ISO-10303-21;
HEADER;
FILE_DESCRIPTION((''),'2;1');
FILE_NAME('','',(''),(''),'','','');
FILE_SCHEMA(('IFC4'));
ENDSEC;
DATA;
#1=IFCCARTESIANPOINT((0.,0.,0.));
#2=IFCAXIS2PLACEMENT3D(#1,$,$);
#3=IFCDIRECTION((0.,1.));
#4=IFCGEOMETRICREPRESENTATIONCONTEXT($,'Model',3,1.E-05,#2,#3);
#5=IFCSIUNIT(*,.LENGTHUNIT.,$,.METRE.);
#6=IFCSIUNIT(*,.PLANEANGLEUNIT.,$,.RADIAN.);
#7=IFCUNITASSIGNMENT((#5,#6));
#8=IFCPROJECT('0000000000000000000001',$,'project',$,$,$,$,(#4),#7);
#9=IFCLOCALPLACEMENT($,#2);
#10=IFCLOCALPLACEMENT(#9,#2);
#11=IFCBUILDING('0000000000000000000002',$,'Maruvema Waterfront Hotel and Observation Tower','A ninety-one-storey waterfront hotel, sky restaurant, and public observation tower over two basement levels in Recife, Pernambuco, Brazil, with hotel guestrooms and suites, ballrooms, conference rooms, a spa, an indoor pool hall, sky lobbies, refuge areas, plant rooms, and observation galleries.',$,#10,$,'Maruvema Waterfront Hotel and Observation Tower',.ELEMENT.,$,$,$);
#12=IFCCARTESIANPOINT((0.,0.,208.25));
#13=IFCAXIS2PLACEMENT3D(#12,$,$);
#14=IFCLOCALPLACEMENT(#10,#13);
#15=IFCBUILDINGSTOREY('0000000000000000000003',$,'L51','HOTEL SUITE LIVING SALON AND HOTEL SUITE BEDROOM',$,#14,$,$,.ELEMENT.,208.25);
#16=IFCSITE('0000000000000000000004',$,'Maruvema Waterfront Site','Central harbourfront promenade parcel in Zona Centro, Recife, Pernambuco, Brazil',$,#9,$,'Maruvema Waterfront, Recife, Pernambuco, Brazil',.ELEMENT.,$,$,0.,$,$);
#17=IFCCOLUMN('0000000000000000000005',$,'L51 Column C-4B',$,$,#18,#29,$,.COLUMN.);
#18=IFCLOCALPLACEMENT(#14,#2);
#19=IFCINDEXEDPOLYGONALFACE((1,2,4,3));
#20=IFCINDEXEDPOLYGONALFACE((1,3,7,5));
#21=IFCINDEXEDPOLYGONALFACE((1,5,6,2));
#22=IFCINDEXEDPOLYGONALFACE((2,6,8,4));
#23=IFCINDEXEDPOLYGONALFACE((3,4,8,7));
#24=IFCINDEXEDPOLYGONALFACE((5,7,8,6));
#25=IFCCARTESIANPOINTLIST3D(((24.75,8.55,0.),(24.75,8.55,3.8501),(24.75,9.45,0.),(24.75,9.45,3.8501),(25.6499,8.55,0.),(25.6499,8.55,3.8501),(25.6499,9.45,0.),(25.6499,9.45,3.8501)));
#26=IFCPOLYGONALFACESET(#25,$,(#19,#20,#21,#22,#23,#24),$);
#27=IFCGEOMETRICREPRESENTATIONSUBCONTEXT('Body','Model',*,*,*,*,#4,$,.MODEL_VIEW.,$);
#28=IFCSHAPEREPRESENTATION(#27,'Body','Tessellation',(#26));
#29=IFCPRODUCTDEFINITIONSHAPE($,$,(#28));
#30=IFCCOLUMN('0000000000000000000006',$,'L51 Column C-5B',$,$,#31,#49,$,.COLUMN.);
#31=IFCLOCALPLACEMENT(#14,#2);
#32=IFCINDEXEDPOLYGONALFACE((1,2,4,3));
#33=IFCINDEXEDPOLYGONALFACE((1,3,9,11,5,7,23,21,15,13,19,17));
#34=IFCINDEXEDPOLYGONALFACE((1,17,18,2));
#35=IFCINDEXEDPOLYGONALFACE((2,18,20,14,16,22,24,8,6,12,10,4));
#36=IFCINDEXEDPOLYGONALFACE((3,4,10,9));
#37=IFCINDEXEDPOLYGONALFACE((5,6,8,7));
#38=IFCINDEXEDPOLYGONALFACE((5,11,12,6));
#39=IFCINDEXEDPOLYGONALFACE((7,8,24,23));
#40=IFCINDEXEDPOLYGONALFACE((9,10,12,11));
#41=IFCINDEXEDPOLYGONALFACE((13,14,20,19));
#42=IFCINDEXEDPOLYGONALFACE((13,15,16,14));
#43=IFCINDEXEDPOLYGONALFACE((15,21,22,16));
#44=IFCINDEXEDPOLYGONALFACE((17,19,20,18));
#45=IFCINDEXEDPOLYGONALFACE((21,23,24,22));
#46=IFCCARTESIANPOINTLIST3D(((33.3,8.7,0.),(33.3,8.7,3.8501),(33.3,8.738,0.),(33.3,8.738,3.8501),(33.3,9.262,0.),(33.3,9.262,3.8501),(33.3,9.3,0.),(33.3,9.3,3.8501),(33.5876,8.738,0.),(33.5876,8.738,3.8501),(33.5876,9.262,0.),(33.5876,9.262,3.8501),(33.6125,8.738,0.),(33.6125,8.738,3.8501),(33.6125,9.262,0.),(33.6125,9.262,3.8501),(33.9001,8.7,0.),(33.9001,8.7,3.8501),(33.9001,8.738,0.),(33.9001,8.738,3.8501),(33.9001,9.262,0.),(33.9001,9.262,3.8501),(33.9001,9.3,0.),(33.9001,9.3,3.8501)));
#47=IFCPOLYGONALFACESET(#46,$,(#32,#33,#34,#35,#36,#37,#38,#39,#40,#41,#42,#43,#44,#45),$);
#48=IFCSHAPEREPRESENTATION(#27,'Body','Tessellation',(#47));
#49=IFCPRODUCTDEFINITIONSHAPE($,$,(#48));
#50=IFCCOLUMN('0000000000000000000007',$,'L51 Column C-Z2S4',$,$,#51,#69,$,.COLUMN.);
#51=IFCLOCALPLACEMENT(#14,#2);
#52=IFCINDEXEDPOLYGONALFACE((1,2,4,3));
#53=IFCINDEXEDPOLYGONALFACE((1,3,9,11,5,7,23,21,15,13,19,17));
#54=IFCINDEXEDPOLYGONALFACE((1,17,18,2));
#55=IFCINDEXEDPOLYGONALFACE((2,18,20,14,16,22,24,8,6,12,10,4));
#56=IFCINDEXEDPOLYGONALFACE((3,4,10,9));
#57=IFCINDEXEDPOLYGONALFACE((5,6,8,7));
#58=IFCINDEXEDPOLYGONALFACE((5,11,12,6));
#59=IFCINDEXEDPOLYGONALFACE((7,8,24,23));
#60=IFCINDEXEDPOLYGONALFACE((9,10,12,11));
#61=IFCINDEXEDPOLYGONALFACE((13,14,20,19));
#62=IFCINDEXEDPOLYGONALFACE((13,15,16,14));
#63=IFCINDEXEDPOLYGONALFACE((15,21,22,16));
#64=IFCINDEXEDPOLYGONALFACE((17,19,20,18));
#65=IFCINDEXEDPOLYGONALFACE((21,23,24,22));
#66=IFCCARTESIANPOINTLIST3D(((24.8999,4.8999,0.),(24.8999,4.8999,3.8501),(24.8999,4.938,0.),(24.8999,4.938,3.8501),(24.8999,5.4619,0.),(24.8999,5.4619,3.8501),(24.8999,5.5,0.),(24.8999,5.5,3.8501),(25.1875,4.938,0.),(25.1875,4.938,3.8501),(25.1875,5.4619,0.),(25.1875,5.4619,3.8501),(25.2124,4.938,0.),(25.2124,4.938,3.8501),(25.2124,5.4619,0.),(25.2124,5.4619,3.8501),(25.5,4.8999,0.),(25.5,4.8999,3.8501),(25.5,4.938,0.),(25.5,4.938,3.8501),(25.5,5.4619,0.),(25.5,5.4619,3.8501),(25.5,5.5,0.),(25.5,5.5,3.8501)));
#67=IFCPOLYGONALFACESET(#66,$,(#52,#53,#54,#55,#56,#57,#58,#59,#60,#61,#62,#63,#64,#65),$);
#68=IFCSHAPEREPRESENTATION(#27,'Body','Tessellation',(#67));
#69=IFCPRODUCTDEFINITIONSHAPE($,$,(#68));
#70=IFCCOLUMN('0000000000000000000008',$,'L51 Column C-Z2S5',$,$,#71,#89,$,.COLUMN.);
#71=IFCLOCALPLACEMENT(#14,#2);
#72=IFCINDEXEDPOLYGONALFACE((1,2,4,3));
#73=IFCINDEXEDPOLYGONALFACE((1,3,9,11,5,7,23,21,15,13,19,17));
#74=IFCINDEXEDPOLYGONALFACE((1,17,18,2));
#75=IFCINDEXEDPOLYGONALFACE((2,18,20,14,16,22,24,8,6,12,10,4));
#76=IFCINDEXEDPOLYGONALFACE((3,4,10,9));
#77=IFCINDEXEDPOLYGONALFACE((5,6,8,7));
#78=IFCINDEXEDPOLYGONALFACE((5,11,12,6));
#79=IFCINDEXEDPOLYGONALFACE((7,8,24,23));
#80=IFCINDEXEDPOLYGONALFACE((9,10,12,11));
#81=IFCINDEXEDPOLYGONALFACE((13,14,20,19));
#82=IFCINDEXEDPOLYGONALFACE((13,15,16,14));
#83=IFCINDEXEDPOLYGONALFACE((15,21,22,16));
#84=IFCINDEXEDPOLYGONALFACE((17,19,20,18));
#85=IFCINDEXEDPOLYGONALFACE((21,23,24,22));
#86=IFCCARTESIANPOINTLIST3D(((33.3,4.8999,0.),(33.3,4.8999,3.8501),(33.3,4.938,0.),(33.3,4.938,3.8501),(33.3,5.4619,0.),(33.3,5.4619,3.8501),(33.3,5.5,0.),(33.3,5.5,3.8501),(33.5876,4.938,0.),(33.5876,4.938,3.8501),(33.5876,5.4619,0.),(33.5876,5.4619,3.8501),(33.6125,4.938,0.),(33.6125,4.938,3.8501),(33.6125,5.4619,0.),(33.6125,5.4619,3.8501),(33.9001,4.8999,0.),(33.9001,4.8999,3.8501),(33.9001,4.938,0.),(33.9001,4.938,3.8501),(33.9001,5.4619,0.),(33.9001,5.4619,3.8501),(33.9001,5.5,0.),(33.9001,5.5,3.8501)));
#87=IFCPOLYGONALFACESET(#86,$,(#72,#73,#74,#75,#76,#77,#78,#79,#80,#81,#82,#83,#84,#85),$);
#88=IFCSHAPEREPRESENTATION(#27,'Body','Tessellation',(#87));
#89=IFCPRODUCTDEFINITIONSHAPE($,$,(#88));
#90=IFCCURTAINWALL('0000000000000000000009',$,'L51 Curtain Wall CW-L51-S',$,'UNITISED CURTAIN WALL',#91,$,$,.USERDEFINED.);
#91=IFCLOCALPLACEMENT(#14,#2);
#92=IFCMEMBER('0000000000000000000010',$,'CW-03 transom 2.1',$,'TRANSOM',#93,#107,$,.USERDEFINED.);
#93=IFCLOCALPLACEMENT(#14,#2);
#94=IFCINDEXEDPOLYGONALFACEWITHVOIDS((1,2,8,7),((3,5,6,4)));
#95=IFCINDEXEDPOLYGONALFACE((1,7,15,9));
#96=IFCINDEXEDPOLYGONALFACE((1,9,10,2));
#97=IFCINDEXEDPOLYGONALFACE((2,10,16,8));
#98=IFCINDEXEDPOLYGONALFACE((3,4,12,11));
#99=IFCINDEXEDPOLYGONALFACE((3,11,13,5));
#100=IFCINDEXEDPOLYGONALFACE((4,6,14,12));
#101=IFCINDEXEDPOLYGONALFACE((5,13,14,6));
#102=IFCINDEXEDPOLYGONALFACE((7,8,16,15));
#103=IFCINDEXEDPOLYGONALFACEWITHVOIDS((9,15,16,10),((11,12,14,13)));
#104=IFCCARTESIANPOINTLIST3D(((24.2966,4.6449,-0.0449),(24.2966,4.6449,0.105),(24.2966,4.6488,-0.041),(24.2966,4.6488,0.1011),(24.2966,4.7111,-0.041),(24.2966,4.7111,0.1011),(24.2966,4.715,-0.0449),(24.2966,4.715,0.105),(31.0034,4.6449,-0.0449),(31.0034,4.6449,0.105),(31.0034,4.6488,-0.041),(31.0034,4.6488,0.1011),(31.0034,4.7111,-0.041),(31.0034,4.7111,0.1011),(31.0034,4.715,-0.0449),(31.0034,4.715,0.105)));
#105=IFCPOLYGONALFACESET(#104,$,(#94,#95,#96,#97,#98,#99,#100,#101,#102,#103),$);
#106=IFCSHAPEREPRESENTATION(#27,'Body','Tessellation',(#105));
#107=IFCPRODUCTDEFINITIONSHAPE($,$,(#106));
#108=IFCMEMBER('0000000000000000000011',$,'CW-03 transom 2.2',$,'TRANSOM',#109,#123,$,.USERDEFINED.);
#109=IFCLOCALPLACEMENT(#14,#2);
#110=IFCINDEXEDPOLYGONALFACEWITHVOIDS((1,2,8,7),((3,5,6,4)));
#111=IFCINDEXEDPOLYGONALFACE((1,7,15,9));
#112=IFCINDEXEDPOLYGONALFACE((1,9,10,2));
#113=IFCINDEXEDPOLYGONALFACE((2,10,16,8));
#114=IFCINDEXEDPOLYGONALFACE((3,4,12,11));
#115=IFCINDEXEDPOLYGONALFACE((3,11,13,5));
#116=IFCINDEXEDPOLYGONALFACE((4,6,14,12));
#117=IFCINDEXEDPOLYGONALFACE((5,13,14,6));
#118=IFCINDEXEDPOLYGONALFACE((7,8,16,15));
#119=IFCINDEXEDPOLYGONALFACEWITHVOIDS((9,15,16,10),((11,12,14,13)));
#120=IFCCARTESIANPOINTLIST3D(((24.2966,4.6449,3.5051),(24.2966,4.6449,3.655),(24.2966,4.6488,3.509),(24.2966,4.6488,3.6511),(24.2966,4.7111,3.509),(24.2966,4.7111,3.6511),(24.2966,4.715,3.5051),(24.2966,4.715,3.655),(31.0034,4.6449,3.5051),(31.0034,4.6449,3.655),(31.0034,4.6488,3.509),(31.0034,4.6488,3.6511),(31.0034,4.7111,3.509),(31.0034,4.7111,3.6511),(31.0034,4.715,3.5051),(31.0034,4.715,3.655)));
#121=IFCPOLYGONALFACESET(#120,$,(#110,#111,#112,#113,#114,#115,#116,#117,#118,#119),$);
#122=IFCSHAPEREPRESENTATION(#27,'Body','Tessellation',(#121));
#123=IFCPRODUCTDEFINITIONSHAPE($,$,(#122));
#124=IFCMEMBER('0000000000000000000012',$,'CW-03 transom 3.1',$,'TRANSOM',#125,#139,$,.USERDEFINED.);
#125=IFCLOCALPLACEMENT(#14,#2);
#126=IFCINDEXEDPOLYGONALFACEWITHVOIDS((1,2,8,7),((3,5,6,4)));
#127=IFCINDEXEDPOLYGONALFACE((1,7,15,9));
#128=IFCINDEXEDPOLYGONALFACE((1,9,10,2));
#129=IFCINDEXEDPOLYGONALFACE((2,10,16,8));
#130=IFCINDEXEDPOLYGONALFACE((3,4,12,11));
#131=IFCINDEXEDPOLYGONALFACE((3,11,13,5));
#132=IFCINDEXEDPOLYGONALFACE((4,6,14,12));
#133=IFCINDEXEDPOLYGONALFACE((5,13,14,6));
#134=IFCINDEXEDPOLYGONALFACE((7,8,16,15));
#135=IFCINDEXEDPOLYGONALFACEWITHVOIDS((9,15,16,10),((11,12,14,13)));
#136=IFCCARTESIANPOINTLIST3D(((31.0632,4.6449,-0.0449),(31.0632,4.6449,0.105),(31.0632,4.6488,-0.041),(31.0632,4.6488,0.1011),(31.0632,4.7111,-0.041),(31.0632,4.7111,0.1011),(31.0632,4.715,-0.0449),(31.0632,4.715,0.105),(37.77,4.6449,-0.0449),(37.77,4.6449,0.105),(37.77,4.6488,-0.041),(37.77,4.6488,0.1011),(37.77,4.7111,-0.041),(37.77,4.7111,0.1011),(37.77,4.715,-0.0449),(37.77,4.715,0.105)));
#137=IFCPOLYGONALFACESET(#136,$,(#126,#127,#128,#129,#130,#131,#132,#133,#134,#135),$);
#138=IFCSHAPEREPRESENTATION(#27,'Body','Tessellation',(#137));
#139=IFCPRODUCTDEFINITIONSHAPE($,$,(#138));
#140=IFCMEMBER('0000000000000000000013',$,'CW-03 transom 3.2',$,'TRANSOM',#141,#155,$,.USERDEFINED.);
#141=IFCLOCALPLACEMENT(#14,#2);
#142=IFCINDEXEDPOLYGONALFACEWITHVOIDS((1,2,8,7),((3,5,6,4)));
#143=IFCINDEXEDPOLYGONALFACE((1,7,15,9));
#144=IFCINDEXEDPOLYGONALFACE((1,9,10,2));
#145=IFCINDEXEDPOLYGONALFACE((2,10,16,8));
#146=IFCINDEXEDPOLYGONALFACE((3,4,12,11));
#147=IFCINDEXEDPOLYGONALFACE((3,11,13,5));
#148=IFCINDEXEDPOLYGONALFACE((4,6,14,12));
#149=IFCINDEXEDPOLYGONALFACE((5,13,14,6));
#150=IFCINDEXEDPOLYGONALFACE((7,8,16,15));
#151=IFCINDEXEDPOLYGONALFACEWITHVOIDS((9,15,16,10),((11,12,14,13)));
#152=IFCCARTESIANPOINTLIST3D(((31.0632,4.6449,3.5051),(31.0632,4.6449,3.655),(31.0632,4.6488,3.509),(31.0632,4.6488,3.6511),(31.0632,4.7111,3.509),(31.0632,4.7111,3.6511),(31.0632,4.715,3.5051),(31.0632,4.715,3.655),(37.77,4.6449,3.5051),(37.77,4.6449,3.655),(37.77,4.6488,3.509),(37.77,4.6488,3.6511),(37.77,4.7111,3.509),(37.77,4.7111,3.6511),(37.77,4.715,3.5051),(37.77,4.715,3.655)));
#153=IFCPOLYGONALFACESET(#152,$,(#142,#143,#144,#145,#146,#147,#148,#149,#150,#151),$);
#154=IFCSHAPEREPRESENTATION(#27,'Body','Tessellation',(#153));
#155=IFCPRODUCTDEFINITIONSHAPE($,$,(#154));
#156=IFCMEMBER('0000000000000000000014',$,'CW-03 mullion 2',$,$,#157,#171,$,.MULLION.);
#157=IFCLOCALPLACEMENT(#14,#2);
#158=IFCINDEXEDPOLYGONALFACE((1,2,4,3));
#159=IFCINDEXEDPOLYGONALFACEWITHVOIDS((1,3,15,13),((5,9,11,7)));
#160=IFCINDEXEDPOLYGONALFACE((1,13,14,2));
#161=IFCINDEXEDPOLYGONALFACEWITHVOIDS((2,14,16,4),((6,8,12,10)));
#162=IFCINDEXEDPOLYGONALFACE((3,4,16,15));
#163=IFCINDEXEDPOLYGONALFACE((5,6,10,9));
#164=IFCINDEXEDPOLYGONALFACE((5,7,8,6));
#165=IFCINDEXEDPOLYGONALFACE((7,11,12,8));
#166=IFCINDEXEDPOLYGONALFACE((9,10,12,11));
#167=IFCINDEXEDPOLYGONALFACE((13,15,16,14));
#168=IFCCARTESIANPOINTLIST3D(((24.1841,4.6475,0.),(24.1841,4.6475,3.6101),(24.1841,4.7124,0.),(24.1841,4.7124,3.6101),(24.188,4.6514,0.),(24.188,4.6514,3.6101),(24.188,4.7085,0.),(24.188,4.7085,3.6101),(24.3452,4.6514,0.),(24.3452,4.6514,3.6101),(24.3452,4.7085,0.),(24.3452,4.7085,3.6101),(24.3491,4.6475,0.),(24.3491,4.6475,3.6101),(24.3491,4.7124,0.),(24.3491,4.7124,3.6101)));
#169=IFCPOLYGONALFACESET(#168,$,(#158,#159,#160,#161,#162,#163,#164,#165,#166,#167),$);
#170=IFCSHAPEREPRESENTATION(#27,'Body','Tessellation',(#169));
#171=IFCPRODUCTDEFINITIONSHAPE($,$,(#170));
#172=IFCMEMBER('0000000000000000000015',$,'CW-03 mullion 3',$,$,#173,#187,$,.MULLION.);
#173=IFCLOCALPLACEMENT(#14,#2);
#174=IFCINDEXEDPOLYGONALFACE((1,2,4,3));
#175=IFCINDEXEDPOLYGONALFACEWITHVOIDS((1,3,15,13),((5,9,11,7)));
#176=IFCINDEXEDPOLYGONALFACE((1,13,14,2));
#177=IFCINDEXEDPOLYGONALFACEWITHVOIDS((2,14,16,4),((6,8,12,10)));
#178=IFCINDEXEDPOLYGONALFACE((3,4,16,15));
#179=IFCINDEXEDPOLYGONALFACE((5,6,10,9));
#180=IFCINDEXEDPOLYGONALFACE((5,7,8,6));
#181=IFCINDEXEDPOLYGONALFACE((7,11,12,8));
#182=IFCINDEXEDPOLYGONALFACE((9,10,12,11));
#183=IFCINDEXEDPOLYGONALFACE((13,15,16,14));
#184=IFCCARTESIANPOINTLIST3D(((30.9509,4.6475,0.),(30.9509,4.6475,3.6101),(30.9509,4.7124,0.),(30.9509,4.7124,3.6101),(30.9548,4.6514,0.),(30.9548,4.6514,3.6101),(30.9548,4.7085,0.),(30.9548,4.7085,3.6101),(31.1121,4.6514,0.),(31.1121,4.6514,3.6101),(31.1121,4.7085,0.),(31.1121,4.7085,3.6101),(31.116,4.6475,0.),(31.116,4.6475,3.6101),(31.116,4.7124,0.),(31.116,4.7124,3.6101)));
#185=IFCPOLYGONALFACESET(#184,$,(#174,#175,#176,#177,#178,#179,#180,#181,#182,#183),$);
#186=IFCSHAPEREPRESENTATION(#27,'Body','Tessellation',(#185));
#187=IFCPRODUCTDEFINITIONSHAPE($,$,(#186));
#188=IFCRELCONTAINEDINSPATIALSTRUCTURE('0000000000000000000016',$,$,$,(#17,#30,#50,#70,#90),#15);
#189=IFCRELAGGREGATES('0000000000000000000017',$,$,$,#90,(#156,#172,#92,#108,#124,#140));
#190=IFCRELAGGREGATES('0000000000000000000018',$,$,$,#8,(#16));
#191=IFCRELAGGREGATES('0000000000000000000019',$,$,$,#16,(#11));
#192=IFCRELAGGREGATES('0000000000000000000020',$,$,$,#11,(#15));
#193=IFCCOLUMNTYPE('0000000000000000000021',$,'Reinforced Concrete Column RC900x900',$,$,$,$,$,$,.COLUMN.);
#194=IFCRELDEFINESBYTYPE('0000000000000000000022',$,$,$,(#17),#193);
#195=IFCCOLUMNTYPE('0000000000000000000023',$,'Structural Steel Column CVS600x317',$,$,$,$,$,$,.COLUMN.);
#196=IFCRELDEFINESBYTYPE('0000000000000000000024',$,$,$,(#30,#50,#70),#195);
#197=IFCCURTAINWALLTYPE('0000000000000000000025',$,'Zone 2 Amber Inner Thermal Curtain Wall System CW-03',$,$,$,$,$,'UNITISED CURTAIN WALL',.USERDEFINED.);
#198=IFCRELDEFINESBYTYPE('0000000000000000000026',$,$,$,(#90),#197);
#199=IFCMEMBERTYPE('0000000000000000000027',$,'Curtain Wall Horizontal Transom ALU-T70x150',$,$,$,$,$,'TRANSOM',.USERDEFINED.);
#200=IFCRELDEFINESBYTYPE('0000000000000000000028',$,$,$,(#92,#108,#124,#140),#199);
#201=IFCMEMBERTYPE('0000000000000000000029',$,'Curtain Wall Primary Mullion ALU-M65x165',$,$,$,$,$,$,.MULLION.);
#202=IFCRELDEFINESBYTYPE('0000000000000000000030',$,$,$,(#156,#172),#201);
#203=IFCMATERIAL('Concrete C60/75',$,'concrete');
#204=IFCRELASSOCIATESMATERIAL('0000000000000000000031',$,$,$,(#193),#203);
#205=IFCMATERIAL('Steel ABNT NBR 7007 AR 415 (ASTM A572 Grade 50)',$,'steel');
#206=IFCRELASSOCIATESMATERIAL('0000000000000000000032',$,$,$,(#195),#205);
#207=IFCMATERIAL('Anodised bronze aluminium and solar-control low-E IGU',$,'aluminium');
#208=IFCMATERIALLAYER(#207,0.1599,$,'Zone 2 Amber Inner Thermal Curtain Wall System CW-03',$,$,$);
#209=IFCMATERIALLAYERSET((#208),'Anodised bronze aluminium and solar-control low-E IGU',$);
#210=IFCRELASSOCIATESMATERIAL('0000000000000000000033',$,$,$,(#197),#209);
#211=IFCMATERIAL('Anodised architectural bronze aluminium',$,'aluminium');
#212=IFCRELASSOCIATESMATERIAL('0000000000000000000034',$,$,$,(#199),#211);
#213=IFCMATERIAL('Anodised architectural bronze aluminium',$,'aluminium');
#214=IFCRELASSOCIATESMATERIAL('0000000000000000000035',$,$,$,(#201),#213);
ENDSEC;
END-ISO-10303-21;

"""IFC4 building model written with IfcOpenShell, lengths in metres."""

from ifc_helpers import new_model, si_unit, direction, frame, origin, origin_2d, place, context, subcontext, project, spatial, rectangle, hollow_rectangle, i_section, extrude, material, layer, layer_set, material_profile, profile_set, type_object, element, aggregate, save


model = new_model("IFC4")

# Units and contexts
model_context = context("Model", 3, precision=1e-05, world=origin(), true_north=direction((0.0, 1.0)))
body_context = subcontext(model_context, "Body", "Model", "MODEL_VIEW")
ifc_project = project(units=[si_unit("LENGTHUNIT", "METRE"), si_unit("PLANEANGLEUNIT", "RADIAN")], contexts=[model_context])

# Site, building, storey
site_placement = place(None, origin())
site = spatial("IfcSite", under=ifc_project, at=site_placement, Name="Maruvema Waterfront Site", Description="Central harbourfront promenade parcel in Zona Centro, Recife, Pernambuco, Brazil", LongName="Maruvema Waterfront, Recife, Pernambuco, Brazil", CompositionType="ELEMENT", RefElevation=0.0)
building_placement = place(site_placement, origin())
building = spatial("IfcBuilding", under=site, at=building_placement, Name="Maruvema Waterfront Hotel and Observation Tower", Description="A ninety-one-storey waterfront hotel, sky restaurant, and public observation tower over two basement levels in Recife, Pernambuco, Brazil, with hotel guestrooms and suites, ballrooms, conference rooms, a spa, an indoor pool hall, sky lobbies, refuge areas, plant rooms, and observation galleries.", LongName="Maruvema Waterfront Hotel and Observation Tower", CompositionType="ELEMENT")
storey_placement = place(building_placement, frame((0.0, 0.0, 208.25)))
storey = spatial("IfcBuildingStorey", under=building, at=storey_placement, Name="L51", Description="HOTEL SUITE LIVING SALON AND HOTEL SUITE BEDROOM", CompositionType="ELEMENT", Elevation=208.25)

# Columns
ifc_material_1 = material(Name="Concrete C60/75", Category="concrete")
ifc_material_profile_1 = material_profile(ifc_material_1, rectangle(XDim=0.8999, YDim=0.8999, at=origin_2d()), Name="RC900x900")
ifc_profile_set_1 = profile_set([ifc_material_profile_1], Name="Concrete C60/75")
column_type_1 = type_object("IfcColumnType", Name="Reinforced Concrete Column RC900x900", PredefinedType="COLUMN", material=ifc_profile_set_1)
column_placement = place(storey_placement, frame((25.2, 9.0, 0.0), z_axis=(0.0, 0.0, 1.0), x_axis=(1.0, 0.0, 0.0)))
element("IfcColumn", 1, at=column_placement, inside=storey, type_object=column_type_1, Name="L51 Column C-4B", PredefinedType="COLUMN", context=body_context, shape_type="SweptSolid", body=[
    extrude(rectangle(XDim=0.8999, YDim=0.8999, at=origin_2d()), origin(), (0.0, 0.0, 1.0), 3.8501),
])
ifc_material_2 = material(Name="Steel ABNT NBR 7007 AR 415 (ASTM A572 Grade 50)", Category="steel")
ifc_material_profile_2 = material_profile(ifc_material_2, i_section(OverallWidth=0.6001, OverallDepth=0.6001, WebThickness=0.0249, FlangeThickness=0.0381, at=origin_2d()), Name="CVS600x317")
ifc_profile_set_2 = profile_set([ifc_material_profile_2], Name="Steel ABNT NBR 7007 AR 415 (ASTM A572 Grade 50)")
column_type_2 = type_object("IfcColumnType", Name="Structural Steel Column CVS600x317", PredefinedType="COLUMN", material=ifc_profile_set_2)
for number, where, z_axis, x_axis, name in (
    (2, (33.6001, 9.0, 0.0), (0.0, 0.0, 1.0), (1.0, 0.0, 0.0), "L51 Column C-5B"),
    (3, (25.2, 5.2, 0.0), (0.0, 0.0, 1.0), (1.0, 0.0, 0.0), "L51 Column C-Z2S4"),
    (4, (33.6001, 5.2, 0.0), (0.0, 0.0, 1.0), (1.0, 0.0, 0.0), "L51 Column C-Z2S5"),
):
    element("IfcColumn", number, at=place(storey_placement, frame(where, z_axis=z_axis, x_axis=x_axis)), inside=storey, type_object=column_type_2, Name=name, PredefinedType="COLUMN", context=body_context, shape_type="SweptSolid", body=[
        extrude(i_section(OverallWidth=0.6001, OverallDepth=0.6001, WebThickness=0.0249, FlangeThickness=0.0381, at=origin_2d()), origin(), (0.0, 0.0, 1.0), 3.8501),
    ])

# Curtain wall, members
ifc_material_3 = material(Name="Anodised bronze aluminium and solar-control low-E IGU", Category="aluminium")
ifc_layer_1 = layer(ifc_material_3, 0.1599, Name="Zone 2 Amber Inner Thermal Curtain Wall System CW-03")
ifc_layer_set_1 = layer_set([ifc_layer_1], Name="Anodised bronze aluminium and solar-control low-E IGU")
curtain_wall_type = type_object("IfcCurtainWallType", Name="Zone 2 Amber Inner Thermal Curtain Wall System CW-03", ElementType="UNITISED CURTAIN WALL", PredefinedType="USERDEFINED", material=ifc_layer_set_1)
curtain_wall_placement = place(storey_placement, origin())
curtain_wall = element("IfcCurtainWall", 5, at=curtain_wall_placement, inside=storey, type_object=curtain_wall_type, Name="L51 Curtain Wall CW-L51-S", ObjectType="UNITISED CURTAIN WALL", PredefinedType="USERDEFINED")
ifc_material_4 = material(Name="Anodised architectural bronze aluminium", Category="aluminium")
ifc_material_profile_3 = material_profile(ifc_material_4, hollow_rectangle(XDim=0.0701, YDim=0.1499, WallThickness=0.0039, at=origin_2d()), Name="ALU-T70x150")
ifc_profile_set_3 = profile_set([ifc_material_profile_3], Name="Anodised architectural bronze aluminium")
member_type_1 = type_object("IfcMemberType", Name="Curtain Wall Horizontal Transom ALU-T70x150", ElementType="TRANSOM", PredefinedType="USERDEFINED", material=ifc_profile_set_3)
member_1_placement = place(storey_placement, frame((24.2966, 4.6799, 0.03), z_axis=(1.0, 0.0, 0.0), x_axis=(0.0, 1.0, 0.0)))
member_1 = element("IfcMember", 6, at=member_1_placement, type_object=member_type_1, Name="CW-03 transom 2.1", ObjectType="TRANSOM", PredefinedType="USERDEFINED", context=body_context, shape_type="SweptSolid", body=[
    extrude(hollow_rectangle(XDim=0.0701, YDim=0.1499, WallThickness=0.0039, at=origin_2d()), origin(), (0.0, 0.0, 1.0), 6.7068),
])
member_2_placement = place(storey_placement, frame((24.2966, 4.6799, 3.5801), z_axis=(1.0, 0.0, 0.0), x_axis=(0.0, 1.0, 0.0)))
member_2 = element("IfcMember", 7, at=member_2_placement, type_object=member_type_1, Name="CW-03 transom 2.2", ObjectType="TRANSOM", PredefinedType="USERDEFINED", context=body_context, shape_type="SweptSolid", body=[
    extrude(hollow_rectangle(XDim=0.0701, YDim=0.1499, WallThickness=0.0039, at=origin_2d()), origin(), (0.0, 0.0, 1.0), 6.7068),
])
member_3_placement = place(storey_placement, frame((31.0632, 4.6799, 0.03), z_axis=(1.0, 0.0, 0.0), x_axis=(0.0, 1.0, 0.0)))
member_3 = element("IfcMember", 8, at=member_3_placement, type_object=member_type_1, Name="CW-03 transom 3.1", ObjectType="TRANSOM", PredefinedType="USERDEFINED", context=body_context, shape_type="SweptSolid", body=[
    extrude(hollow_rectangle(XDim=0.0701, YDim=0.1499, WallThickness=0.0039, at=origin_2d()), origin(), (0.0, 0.0, 1.0), 6.7068),
])
member_4_placement = place(storey_placement, frame((31.0632, 4.6799, 3.5801), z_axis=(1.0, 0.0, 0.0), x_axis=(0.0, 1.0, 0.0)))
member_4 = element("IfcMember", 9, at=member_4_placement, type_object=member_type_1, Name="CW-03 transom 3.2", ObjectType="TRANSOM", PredefinedType="USERDEFINED", context=body_context, shape_type="SweptSolid", body=[
    extrude(hollow_rectangle(XDim=0.0701, YDim=0.1499, WallThickness=0.0039, at=origin_2d()), origin(), (0.0, 0.0, 1.0), 6.7068),
])
ifc_material_5 = material(Name="Anodised architectural bronze aluminium", Category="aluminium")
ifc_material_profile_4 = material_profile(ifc_material_5, hollow_rectangle(XDim=0.0649, YDim=0.165, WallThickness=0.0039, at=origin_2d()), Name="ALU-M65x165")
ifc_profile_set_4 = profile_set([ifc_material_profile_4], Name="Anodised architectural bronze aluminium")
member_type_2 = type_object("IfcMemberType", Name="Curtain Wall Primary Mullion ALU-M65x165", PredefinedType="MULLION", material=ifc_profile_set_4)
member_5_placement = place(storey_placement, frame((24.2666, 4.6799, 0.0), z_axis=(0.0, 0.0, 1.0), x_axis=(0.0, 1.0, 0.0)))
member_5 = element("IfcMember", 10, at=member_5_placement, type_object=member_type_2, Name="CW-03 mullion 2", PredefinedType="MULLION", context=body_context, shape_type="SweptSolid", body=[
    extrude(hollow_rectangle(XDim=0.0649, YDim=0.165, WallThickness=0.0039, at=origin_2d()), origin(), (0.0, 0.0, 1.0), 3.6101),
])
member_6_placement = place(storey_placement, frame((31.0334, 4.6799, 0.0), z_axis=(0.0, 0.0, 1.0), x_axis=(0.0, 1.0, 0.0)))
member_6 = element("IfcMember", 11, at=member_6_placement, type_object=member_type_2, Name="CW-03 mullion 3", PredefinedType="MULLION", context=body_context, shape_type="SweptSolid", body=[
    extrude(hollow_rectangle(XDim=0.0649, YDim=0.165, WallThickness=0.0039, at=origin_2d()), origin(), (0.0, 0.0, 1.0), 3.6101),
])

aggregate(curtain_wall, [member_5, member_6, member_1, member_2, member_3, member_4])

save(model, "model.ifc")
